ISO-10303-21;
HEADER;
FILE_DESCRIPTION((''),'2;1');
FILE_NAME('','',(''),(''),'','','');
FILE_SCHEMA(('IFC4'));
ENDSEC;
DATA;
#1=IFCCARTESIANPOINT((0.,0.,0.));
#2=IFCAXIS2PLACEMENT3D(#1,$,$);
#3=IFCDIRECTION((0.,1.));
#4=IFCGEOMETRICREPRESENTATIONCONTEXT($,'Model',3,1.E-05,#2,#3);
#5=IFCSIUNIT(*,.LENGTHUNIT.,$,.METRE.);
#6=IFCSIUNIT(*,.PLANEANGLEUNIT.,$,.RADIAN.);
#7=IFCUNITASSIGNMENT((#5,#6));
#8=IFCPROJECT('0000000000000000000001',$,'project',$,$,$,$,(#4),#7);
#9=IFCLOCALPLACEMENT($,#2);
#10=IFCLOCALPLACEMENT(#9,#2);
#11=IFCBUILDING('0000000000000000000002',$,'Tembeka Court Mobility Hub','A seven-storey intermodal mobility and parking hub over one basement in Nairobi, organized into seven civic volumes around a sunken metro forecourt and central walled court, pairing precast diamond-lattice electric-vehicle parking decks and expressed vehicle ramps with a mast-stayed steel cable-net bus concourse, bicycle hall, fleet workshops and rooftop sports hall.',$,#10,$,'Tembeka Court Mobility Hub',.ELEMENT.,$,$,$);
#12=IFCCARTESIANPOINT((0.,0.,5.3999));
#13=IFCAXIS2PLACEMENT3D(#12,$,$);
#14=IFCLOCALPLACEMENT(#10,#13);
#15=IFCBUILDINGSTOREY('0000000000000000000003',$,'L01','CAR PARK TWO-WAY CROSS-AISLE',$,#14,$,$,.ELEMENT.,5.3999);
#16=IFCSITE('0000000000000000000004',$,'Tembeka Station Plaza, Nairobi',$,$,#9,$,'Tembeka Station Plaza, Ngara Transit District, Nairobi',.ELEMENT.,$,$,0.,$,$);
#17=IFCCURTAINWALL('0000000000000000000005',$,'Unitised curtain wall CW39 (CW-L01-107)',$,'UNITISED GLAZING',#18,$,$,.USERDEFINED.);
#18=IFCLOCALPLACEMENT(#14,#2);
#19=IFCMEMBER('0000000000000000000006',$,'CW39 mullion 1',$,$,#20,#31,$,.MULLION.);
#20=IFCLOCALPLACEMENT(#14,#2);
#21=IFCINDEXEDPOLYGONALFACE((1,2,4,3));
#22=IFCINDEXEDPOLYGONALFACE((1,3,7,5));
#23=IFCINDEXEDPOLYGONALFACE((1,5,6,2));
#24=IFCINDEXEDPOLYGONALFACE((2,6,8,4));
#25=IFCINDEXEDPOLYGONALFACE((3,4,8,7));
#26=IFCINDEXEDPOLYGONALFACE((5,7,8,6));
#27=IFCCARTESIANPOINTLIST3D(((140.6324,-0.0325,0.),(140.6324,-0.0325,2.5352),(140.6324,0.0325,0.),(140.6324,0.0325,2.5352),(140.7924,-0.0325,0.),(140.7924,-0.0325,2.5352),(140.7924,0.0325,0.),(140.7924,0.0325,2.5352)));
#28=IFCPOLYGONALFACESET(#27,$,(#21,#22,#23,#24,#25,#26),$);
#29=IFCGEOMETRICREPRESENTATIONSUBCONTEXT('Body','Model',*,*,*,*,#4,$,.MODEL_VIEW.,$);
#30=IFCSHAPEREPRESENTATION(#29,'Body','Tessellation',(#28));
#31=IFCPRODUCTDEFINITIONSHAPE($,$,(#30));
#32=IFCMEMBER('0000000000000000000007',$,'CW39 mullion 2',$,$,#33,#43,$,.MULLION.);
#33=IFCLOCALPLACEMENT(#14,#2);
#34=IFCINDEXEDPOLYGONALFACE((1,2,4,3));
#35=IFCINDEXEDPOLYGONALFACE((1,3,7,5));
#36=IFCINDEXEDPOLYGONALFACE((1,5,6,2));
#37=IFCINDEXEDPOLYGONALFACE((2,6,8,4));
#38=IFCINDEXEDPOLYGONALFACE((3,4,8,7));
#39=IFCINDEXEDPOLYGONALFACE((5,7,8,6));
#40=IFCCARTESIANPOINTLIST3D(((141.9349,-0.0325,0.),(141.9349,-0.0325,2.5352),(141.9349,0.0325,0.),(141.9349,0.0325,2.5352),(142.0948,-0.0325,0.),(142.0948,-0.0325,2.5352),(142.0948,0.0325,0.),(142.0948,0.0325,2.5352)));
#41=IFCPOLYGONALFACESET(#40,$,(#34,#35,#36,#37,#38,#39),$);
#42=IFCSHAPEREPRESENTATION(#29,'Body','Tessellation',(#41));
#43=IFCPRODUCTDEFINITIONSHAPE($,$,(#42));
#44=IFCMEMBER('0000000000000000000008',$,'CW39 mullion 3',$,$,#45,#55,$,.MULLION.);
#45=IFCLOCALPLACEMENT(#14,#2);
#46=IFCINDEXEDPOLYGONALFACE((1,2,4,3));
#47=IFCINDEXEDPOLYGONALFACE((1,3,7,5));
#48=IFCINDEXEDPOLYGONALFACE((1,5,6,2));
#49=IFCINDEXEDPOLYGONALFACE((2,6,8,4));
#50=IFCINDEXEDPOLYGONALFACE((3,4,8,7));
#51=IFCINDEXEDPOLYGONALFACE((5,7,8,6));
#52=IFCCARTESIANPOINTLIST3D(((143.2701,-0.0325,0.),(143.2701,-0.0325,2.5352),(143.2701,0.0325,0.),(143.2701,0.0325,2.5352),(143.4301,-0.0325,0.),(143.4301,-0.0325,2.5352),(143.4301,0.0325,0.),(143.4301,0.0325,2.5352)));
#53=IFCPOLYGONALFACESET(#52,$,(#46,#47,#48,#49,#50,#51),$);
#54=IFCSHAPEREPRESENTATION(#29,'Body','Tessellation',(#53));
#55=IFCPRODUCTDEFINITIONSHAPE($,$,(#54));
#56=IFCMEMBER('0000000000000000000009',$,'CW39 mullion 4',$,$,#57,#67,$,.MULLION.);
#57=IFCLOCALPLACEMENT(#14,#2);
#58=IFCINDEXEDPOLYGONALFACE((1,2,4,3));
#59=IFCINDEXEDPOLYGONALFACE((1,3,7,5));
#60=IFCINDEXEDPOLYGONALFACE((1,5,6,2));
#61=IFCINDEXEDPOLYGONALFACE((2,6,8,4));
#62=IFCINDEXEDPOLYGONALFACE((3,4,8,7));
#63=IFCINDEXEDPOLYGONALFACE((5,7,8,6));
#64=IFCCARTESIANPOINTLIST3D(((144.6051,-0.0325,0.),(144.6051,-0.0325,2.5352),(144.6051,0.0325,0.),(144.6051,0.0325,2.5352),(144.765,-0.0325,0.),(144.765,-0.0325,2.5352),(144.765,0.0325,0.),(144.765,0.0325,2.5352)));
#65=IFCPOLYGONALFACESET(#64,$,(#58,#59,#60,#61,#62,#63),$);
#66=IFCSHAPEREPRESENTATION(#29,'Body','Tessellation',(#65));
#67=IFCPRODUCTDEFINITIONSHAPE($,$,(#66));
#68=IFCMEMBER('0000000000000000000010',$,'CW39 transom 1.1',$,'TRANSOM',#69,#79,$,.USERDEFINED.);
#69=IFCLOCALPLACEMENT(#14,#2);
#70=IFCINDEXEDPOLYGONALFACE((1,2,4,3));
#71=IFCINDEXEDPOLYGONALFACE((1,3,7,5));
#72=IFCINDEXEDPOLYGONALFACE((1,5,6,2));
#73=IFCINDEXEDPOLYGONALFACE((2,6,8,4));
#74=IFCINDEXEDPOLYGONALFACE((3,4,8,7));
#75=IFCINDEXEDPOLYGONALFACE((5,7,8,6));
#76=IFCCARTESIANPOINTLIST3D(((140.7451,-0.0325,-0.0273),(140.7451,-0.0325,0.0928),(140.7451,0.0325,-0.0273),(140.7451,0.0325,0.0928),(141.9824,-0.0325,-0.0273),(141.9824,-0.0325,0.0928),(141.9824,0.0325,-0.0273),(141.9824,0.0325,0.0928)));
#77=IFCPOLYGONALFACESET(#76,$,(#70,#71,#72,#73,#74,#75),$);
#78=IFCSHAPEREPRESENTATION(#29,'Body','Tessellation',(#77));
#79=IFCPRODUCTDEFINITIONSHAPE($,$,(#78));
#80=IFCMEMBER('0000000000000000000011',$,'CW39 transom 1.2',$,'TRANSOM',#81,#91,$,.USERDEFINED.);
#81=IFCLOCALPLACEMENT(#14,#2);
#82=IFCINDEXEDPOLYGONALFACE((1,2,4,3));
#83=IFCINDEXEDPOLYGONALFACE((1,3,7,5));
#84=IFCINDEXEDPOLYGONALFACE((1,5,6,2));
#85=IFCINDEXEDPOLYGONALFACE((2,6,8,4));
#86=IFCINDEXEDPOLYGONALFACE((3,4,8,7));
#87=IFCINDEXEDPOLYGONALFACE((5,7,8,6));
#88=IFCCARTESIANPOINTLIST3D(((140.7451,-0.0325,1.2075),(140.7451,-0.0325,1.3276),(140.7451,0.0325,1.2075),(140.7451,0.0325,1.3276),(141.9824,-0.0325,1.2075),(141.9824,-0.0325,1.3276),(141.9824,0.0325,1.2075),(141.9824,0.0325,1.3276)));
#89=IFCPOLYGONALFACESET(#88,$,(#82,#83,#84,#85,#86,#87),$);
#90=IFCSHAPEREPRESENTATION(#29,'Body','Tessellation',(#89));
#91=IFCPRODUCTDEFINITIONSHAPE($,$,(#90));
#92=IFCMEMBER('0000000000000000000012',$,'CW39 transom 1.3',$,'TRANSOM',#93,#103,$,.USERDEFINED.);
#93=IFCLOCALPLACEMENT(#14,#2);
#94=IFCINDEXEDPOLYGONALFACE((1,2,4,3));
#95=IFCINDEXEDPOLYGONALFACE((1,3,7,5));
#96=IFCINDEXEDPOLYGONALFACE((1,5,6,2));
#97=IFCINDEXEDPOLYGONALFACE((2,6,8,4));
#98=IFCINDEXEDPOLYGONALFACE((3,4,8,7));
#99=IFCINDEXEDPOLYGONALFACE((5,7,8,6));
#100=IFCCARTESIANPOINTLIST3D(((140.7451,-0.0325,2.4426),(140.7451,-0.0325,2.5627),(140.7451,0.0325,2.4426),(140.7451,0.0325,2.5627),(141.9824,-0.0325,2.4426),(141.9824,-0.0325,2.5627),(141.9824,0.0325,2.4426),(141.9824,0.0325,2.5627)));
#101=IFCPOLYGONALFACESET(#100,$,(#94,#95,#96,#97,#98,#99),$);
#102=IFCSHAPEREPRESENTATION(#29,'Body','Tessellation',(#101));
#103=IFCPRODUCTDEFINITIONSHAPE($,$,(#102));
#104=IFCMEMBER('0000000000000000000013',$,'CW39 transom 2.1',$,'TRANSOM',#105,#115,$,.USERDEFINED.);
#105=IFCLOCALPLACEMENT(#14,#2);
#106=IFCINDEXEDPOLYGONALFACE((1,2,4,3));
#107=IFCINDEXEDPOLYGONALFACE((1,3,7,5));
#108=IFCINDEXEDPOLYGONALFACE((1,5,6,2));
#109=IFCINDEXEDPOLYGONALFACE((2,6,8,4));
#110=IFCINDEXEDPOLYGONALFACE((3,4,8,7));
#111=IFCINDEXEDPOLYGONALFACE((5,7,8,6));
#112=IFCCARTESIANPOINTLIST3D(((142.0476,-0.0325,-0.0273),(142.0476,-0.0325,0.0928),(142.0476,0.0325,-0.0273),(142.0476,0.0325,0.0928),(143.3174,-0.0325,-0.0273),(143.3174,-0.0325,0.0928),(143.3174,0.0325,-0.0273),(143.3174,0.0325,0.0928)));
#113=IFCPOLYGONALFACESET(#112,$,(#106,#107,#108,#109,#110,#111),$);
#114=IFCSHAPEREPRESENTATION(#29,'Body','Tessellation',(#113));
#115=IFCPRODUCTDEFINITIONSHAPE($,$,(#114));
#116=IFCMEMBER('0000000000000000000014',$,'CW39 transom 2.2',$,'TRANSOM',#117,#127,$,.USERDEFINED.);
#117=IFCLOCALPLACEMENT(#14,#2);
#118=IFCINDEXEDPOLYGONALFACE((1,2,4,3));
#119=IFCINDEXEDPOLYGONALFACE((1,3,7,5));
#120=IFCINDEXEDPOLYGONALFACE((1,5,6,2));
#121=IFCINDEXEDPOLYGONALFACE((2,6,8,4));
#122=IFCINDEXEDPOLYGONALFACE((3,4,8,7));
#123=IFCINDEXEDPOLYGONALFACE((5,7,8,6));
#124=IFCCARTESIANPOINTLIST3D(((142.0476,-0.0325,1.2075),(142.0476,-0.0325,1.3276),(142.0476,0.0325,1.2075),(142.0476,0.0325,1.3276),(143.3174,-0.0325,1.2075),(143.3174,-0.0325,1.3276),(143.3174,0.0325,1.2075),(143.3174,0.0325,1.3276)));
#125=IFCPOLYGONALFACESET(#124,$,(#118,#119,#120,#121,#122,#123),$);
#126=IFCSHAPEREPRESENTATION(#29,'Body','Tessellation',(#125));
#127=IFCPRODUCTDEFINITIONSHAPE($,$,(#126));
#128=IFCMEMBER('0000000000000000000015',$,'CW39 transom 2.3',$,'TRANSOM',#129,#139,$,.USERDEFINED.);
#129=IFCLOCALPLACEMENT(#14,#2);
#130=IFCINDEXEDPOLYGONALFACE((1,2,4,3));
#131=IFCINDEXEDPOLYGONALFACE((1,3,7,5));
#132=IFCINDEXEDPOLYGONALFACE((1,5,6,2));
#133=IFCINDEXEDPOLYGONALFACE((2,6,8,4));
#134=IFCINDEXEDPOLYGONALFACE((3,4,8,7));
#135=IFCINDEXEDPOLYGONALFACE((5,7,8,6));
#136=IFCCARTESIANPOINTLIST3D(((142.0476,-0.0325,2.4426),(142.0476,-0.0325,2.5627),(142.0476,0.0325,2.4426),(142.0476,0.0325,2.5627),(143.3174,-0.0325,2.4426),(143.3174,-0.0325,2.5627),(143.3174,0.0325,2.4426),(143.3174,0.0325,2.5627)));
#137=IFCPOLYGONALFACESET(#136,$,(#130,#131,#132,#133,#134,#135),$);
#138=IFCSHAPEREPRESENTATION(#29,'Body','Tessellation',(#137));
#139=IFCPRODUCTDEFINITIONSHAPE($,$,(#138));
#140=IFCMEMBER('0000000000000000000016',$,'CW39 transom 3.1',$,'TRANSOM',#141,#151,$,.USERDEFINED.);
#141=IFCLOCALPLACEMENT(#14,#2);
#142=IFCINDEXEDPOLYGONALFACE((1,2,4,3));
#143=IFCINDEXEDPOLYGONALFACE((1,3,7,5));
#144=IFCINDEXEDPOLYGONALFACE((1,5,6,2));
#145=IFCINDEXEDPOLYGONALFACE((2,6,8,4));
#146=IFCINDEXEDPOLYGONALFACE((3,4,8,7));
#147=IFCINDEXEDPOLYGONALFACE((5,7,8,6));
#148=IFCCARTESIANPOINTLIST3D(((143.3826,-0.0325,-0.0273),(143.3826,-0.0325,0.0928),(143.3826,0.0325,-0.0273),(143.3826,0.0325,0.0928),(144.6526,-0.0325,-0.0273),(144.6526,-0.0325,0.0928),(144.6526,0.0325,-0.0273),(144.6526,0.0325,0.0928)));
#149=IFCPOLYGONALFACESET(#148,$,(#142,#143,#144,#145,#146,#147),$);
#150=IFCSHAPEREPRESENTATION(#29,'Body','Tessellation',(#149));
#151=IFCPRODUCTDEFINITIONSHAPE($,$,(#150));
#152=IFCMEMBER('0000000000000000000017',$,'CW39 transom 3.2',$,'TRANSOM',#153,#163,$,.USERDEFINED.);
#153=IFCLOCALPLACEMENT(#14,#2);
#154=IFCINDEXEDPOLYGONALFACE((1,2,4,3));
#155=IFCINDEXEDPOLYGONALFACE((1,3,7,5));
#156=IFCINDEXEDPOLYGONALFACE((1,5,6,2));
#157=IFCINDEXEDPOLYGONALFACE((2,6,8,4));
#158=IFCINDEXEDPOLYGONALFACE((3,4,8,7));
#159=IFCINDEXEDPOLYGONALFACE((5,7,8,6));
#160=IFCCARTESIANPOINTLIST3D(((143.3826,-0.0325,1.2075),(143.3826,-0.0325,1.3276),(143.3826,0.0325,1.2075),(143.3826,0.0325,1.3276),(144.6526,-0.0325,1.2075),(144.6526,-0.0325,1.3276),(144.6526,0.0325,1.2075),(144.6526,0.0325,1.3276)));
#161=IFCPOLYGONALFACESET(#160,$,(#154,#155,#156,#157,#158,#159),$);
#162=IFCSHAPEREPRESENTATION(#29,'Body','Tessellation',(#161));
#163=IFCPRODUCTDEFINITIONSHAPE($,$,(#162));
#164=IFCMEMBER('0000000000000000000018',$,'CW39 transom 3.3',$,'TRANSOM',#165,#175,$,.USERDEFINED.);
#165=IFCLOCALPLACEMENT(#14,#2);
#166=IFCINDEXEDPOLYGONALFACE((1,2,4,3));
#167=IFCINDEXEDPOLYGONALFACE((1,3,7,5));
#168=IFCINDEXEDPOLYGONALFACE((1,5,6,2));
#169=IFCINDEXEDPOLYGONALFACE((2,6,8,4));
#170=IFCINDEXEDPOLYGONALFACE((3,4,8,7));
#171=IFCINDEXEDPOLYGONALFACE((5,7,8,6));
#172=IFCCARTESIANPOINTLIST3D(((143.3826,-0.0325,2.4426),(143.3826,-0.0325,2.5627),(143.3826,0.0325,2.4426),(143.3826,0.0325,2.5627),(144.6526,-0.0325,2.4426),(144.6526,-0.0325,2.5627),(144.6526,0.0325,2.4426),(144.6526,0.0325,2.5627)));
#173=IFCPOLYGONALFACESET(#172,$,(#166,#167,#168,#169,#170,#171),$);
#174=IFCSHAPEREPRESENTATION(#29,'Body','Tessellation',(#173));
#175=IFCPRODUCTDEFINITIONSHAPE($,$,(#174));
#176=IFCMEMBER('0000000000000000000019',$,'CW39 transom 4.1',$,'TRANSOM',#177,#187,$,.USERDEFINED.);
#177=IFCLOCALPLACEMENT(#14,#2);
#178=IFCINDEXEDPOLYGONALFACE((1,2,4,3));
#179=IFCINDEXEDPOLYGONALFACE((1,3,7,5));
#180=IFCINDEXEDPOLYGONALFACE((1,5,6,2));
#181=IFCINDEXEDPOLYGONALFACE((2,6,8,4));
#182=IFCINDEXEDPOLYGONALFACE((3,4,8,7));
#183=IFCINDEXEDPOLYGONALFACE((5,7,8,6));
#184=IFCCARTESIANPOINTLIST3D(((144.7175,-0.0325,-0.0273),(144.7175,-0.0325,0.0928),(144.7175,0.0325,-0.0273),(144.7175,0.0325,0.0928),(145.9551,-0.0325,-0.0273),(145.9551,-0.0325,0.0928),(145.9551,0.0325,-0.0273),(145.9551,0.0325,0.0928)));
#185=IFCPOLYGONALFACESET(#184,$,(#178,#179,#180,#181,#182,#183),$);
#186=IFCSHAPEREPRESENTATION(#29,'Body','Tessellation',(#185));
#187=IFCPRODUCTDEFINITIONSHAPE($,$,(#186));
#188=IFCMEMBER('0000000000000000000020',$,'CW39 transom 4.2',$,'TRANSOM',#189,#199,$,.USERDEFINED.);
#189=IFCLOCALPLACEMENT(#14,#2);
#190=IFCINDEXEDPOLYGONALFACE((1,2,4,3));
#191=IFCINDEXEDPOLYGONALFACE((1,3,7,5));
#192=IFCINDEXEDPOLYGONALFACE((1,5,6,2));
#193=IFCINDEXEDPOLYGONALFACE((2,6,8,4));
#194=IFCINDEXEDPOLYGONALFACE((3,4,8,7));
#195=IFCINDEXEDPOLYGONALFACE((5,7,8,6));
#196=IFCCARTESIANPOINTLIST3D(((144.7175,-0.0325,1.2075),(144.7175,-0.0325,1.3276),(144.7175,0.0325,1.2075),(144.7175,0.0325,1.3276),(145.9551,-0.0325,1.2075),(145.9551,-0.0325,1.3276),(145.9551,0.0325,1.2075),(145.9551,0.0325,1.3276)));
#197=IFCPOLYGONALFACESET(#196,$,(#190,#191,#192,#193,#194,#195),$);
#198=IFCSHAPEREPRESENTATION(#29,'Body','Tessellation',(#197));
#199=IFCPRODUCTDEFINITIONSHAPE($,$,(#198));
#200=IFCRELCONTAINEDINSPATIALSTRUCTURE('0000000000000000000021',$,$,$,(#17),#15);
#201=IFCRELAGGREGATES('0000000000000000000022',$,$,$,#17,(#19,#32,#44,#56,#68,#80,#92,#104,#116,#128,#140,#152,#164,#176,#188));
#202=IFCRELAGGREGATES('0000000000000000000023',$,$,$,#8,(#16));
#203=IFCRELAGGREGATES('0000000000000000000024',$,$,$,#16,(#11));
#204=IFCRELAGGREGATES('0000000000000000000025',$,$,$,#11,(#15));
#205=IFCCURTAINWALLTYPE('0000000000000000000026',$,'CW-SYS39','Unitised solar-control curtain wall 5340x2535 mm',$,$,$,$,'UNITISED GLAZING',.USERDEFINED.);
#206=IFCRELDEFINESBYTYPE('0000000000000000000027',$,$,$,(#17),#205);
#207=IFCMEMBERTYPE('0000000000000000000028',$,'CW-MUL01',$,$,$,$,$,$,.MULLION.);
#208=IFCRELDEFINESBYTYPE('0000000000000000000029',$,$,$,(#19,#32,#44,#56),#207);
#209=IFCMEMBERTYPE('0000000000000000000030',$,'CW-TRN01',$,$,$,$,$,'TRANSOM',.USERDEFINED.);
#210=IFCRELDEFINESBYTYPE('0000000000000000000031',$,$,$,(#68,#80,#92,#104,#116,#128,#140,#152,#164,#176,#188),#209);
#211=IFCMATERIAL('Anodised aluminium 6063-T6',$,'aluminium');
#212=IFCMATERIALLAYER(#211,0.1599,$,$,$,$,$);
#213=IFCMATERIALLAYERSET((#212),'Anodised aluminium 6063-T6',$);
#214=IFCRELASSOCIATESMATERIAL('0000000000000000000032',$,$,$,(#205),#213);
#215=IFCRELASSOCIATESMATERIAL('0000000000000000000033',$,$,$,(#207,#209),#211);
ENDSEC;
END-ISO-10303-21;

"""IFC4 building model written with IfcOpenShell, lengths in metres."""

from ifc_helpers import new_model, si_unit, direction, frame, origin, origin_2d, place, context, subcontext, project, spatial, rectangle, extrude, material, layer, layer_set, material_profile, profile_set, type_object, element, aggregate, save


model = new_model("IFC4")

# Units and contexts
model_context = context("Model", 3, precision=1e-05, world=origin(), true_north=direction((0.0, 1.0)))
body_context = subcontext(model_context, "Body", "Model", "MODEL_VIEW")
ifc_project = project(units=[si_unit("LENGTHUNIT", "METRE"), si_unit("PLANEANGLEUNIT", "RADIAN")], contexts=[model_context])

# Site, building, storey
site_placement = place(None, origin())
site = spatial("IfcSite", under=ifc_project, at=site_placement, Name="Tembeka Station Plaza, Nairobi", LongName="Tembeka Station Plaza, Ngara Transit District, Nairobi", CompositionType="ELEMENT", RefElevation=0.0)
building_placement = place(site_placement, origin())
building = spatial("IfcBuilding", under=site, at=building_placement, Name="Tembeka Court Mobility Hub", Description="A seven-storey intermodal mobility and parking hub over one basement in Nairobi, organized into seven civic volumes around a sunken metro forecourt and central walled court, pairing precast diamond-lattice electric-vehicle parking decks and expressed vehicle ramps with a mast-stayed steel cable-net bus concourse, bicycle hall, fleet workshops and rooftop sports hall.", LongName="Tembeka Court Mobility Hub", CompositionType="ELEMENT")
storey_placement = place(building_placement, frame((0.0, 0.0, 5.3999)))
storey = spatial("IfcBuildingStorey", under=building, at=storey_placement, Name="L01", Description="CAR PARK TWO-WAY CROSS-AISLE", CompositionType="ELEMENT", Elevation=5.3999)

# Curtain wall, members
ifc_material_1 = material(Name="Anodised aluminium 6063-T6", Category="aluminium")
ifc_layer_1 = layer(ifc_material_1, 0.1599)
ifc_layer_set_1 = layer_set([ifc_layer_1], Name="Anodised aluminium 6063-T6")
curtain_wall_type = type_object("IfcCurtainWallType", Name="CW-SYS39", Description="Unitised solar-control curtain wall 5340x2535 mm", ElementType="UNITISED GLAZING", PredefinedType="USERDEFINED", material=ifc_layer_set_1)
curtain_wall_placement = place(storey_placement, origin())
curtain_wall = element("IfcCurtainWall", 1, at=curtain_wall_placement, inside=storey, type_object=curtain_wall_type, Name="Unitised curtain wall CW39 (CW-L01-107)", ObjectType="UNITISED GLAZING", PredefinedType="USERDEFINED")
ifc_material_profile_1 = material_profile(ifc_material_1, rectangle(XDim=0.0649, YDim=0.1599, at=origin_2d()), Name="ALU-MUL 65x160")
ifc_profile_set_1 = profile_set([ifc_material_profile_1], Name="Anodised aluminium 6063-T6")
member_type_1 = type_object("IfcMemberType", Name="CW-MUL01", PredefinedType="MULLION", material=ifc_profile_set_1)
member_1_placement = place(storey_placement, frame((140.7124, 0.0, 0.0), z_axis=(0.0, 0.0, 1.0), x_axis=(0.0, 1.0, 0.0)))
member_1 = element("IfcMember", 2, at=member_1_placement, type_object=member_type_1, Name="CW39 mullion 1", PredefinedType="MULLION", context=body_context, shape_type="SweptSolid", body=[
    extrude(rectangle(XDim=0.0649, YDim=0.1599, at=origin_2d()), origin(), (0.0, 0.0, 1.0), 2.5352),
])
member_2_placement = place(storey_placement, frame((142.0149, 0.0, 0.0), z_axis=(0.0, 0.0, 1.0), x_axis=(0.0, 1.0, 0.0)))
member_2 = element("IfcMember", 3, at=member_2_placement, type_object=member_type_1, Name="CW39 mullion 2", PredefinedType="MULLION", context=body_context, shape_type="SweptSolid", body=[
    extrude(rectangle(XDim=0.0649, YDim=0.1599, at=origin_2d()), origin(), (0.0, 0.0, 1.0), 2.5352),
])
member_3_placement = place(storey_placement, frame((143.3501, 0.0, 0.0), z_axis=(0.0, 0.0, 1.0), x_axis=(0.0, 1.0, 0.0)))
member_3 = element("IfcMember", 4, at=member_3_placement, type_object=member_type_1, Name="CW39 mullion 3", PredefinedType="MULLION", context=body_context, shape_type="SweptSolid", body=[
    extrude(rectangle(XDim=0.0649, YDim=0.1599, at=origin_2d()), origin(), (0.0, 0.0, 1.0), 2.5352),
])
member_4_placement = place(storey_placement, frame((144.6851, 0.0, 0.0), z_axis=(0.0, 0.0, 1.0), x_axis=(0.0, 1.0, 0.0)))
member_4 = element("IfcMember", 5, at=member_4_placement, type_object=member_type_1, Name="CW39 mullion 4", PredefinedType="MULLION", context=body_context, shape_type="SweptSolid", body=[
    extrude(rectangle(XDim=0.0649, YDim=0.1599, at=origin_2d()), origin(), (0.0, 0.0, 1.0), 2.5352),
])
ifc_material_profile_2 = material_profile(ifc_material_1, rectangle(XDim=0.0649, YDim=0.1201, at=origin_2d()), Name="ALU-TRN 65x120")
ifc_profile_set_2 = profile_set([ifc_material_profile_2], Name="Anodised aluminium 6063-T6")
member_type_2 = type_object("IfcMemberType", Name="CW-TRN01", ElementType="TRANSOM", PredefinedType="USERDEFINED", material=ifc_profile_set_2)
member_5_placement = place(storey_placement, frame((140.7451, 0.0, 0.0327), z_axis=(1.0, 0.0, 0.0), x_axis=(0.0, 1.0, 0.0)))
member_5 = element("IfcMember", 6, at=member_5_placement, type_object=member_type_2, Name="CW39 transom 1.1", ObjectType="TRANSOM", PredefinedType="USERDEFINED", context=body_context, shape_type="SweptSolid", body=[
    extrude(rectangle(XDim=0.0649, YDim=0.1201, at=origin_2d()), origin(), (0.0, 0.0, 1.0), 1.2373),
])
member_6_placement = place(storey_placement, frame((140.7451, 0.0, 1.2676), z_axis=(1.0, 0.0, 0.0), x_axis=(0.0, 1.0, 0.0)))
member_6 = element("IfcMember", 7, at=member_6_placement, type_object=member_type_2, Name="CW39 transom 1.2", ObjectType="TRANSOM", PredefinedType="USERDEFINED", context=body_context, shape_type="SweptSolid", body=[
    extrude(rectangle(XDim=0.0649, YDim=0.1201, at=origin_2d()), origin(), (0.0, 0.0, 1.0), 1.2373),
])
member_7_placement = place(storey_placement, frame((140.7451, 0.0, 2.5027), z_axis=(1.0, 0.0, 0.0), x_axis=(0.0, 1.0, 0.0)))
member_7 = element("IfcMember", 8, at=member_7_placement, type_object=member_type_2, Name="CW39 transom 1.3", ObjectType="TRANSOM", PredefinedType="USERDEFINED", context=body_context, shape_type="SweptSolid", body=[
    extrude(rectangle(XDim=0.0649, YDim=0.1201, at=origin_2d()), origin(), (0.0, 0.0, 1.0), 1.2373),
])
member_8_placement = place(storey_placement, frame((142.0476, 0.0, 0.0327), z_axis=(1.0, 0.0, 0.0), x_axis=(0.0, 1.0, 0.0)))
member_8 = element("IfcMember", 9, at=member_8_placement, type_object=member_type_2, Name="CW39 transom 2.1", ObjectType="TRANSOM", PredefinedType="USERDEFINED", context=body_context, shape_type="SweptSolid", body=[
    extrude(rectangle(XDim=0.0649, YDim=0.1201, at=origin_2d()), origin(), (0.0, 0.0, 1.0), 1.2698),
])
member_9_placement = place(storey_placement, frame((142.0476, 0.0, 1.2676), z_axis=(1.0, 0.0, 0.0), x_axis=(0.0, 1.0, 0.0)))
member_9 = element("IfcMember", 10, at=member_9_placement, type_object=member_type_2, Name="CW39 transom 2.2", ObjectType="TRANSOM", PredefinedType="USERDEFINED", context=body_context, shape_type="SweptSolid", body=[
    extrude(rectangle(XDim=0.0649, YDim=0.1201, at=origin_2d()), origin(), (0.0, 0.0, 1.0), 1.2698),
])
member_10_placement = place(storey_placement, frame((142.0476, 0.0, 2.5027), z_axis=(1.0, 0.0, 0.0), x_axis=(0.0, 1.0, 0.0)))
member_10 = element("IfcMember", 11, at=member_10_placement, type_object=member_type_2, Name="CW39 transom 2.3", ObjectType="TRANSOM", PredefinedType="USERDEFINED", context=body_context, shape_type="SweptSolid", body=[
    extrude(rectangle(XDim=0.0649, YDim=0.1201, at=origin_2d()), origin(), (0.0, 0.0, 1.0), 1.2698),
])
member_11_placement = place(storey_placement, frame((143.3826, 0.0, 0.0327), z_axis=(1.0, 0.0, 0.0), x_axis=(0.0, 1.0, 0.0)))
member_11 = element("IfcMember", 12, at=member_11_placement, type_object=member_type_2, Name="CW39 transom 3.1", ObjectType="TRANSOM", PredefinedType="USERDEFINED", context=body_context, shape_type="SweptSolid", body=[
    extrude(rectangle(XDim=0.0649, YDim=0.1201, at=origin_2d()), origin(), (0.0, 0.0, 1.0), 1.27),
])
member_12_placement = place(storey_placement, frame((143.3826, 0.0, 1.2676), z_axis=(1.0, 0.0, 0.0), x_axis=(0.0, 1.0, 0.0)))
member_12 = element("IfcMember", 13, at=member_12_placement, type_object=member_type_2, Name="CW39 transom 3.2", ObjectType="TRANSOM", PredefinedType="USERDEFINED", context=body_context, shape_type="SweptSolid", body=[
    extrude(rectangle(XDim=0.0649, YDim=0.1201, at=origin_2d()), origin(), (0.0, 0.0, 1.0), 1.27),
])
member_13_placement = place(storey_placement, frame((143.3826, 0.0, 2.5027), z_axis=(1.0, 0.0, 0.0), x_axis=(0.0, 1.0, 0.0)))
member_13 = element("IfcMember", 14, at=member_13_placement, type_object=member_type_2, Name="CW39 transom 3.3", ObjectType="TRANSOM", PredefinedType="USERDEFINED", context=body_context, shape_type="SweptSolid", body=[
    extrude(rectangle(XDim=0.0649, YDim=0.1201, at=origin_2d()), origin(), (0.0, 0.0, 1.0), 1.27),
])
member_14_placement = place(storey_placement, frame((144.7175, 0.0, 0.0327), z_axis=(1.0, 0.0, 0.0), x_axis=(0.0, 1.0, 0.0)))
member_14 = element("IfcMember", 15, at=member_14_placement, type_object=member_type_2, Name="CW39 transom 4.1", ObjectType="TRANSOM", PredefinedType="USERDEFINED", context=body_context, shape_type="SweptSolid", body=[
    extrude(rectangle(XDim=0.0649, YDim=0.1201, at=origin_2d()), origin(), (0.0, 0.0, 1.0), 1.2375),
])
member_15_placement = place(storey_placement, frame((144.7175, 0.0, 1.2676), z_axis=(1.0, 0.0, 0.0), x_axis=(0.0, 1.0, 0.0)))
member_15 = element("IfcMember", 16, at=member_15_placement, type_object=member_type_2, Name="CW39 transom 4.2", ObjectType="TRANSOM", PredefinedType="USERDEFINED", context=body_context, shape_type="SweptSolid", body=[
    extrude(rectangle(XDim=0.0649, YDim=0.1201, at=origin_2d()), origin(), (0.0, 0.0, 1.0), 1.2375),
])
aggregate(curtain_wall, [member_1, member_2, member_3, member_4, member_5, member_6, member_7, member_8, member_9, member_10, member_11, member_12, member_13, member_14, member_15])

save(model, "model.ifc")
